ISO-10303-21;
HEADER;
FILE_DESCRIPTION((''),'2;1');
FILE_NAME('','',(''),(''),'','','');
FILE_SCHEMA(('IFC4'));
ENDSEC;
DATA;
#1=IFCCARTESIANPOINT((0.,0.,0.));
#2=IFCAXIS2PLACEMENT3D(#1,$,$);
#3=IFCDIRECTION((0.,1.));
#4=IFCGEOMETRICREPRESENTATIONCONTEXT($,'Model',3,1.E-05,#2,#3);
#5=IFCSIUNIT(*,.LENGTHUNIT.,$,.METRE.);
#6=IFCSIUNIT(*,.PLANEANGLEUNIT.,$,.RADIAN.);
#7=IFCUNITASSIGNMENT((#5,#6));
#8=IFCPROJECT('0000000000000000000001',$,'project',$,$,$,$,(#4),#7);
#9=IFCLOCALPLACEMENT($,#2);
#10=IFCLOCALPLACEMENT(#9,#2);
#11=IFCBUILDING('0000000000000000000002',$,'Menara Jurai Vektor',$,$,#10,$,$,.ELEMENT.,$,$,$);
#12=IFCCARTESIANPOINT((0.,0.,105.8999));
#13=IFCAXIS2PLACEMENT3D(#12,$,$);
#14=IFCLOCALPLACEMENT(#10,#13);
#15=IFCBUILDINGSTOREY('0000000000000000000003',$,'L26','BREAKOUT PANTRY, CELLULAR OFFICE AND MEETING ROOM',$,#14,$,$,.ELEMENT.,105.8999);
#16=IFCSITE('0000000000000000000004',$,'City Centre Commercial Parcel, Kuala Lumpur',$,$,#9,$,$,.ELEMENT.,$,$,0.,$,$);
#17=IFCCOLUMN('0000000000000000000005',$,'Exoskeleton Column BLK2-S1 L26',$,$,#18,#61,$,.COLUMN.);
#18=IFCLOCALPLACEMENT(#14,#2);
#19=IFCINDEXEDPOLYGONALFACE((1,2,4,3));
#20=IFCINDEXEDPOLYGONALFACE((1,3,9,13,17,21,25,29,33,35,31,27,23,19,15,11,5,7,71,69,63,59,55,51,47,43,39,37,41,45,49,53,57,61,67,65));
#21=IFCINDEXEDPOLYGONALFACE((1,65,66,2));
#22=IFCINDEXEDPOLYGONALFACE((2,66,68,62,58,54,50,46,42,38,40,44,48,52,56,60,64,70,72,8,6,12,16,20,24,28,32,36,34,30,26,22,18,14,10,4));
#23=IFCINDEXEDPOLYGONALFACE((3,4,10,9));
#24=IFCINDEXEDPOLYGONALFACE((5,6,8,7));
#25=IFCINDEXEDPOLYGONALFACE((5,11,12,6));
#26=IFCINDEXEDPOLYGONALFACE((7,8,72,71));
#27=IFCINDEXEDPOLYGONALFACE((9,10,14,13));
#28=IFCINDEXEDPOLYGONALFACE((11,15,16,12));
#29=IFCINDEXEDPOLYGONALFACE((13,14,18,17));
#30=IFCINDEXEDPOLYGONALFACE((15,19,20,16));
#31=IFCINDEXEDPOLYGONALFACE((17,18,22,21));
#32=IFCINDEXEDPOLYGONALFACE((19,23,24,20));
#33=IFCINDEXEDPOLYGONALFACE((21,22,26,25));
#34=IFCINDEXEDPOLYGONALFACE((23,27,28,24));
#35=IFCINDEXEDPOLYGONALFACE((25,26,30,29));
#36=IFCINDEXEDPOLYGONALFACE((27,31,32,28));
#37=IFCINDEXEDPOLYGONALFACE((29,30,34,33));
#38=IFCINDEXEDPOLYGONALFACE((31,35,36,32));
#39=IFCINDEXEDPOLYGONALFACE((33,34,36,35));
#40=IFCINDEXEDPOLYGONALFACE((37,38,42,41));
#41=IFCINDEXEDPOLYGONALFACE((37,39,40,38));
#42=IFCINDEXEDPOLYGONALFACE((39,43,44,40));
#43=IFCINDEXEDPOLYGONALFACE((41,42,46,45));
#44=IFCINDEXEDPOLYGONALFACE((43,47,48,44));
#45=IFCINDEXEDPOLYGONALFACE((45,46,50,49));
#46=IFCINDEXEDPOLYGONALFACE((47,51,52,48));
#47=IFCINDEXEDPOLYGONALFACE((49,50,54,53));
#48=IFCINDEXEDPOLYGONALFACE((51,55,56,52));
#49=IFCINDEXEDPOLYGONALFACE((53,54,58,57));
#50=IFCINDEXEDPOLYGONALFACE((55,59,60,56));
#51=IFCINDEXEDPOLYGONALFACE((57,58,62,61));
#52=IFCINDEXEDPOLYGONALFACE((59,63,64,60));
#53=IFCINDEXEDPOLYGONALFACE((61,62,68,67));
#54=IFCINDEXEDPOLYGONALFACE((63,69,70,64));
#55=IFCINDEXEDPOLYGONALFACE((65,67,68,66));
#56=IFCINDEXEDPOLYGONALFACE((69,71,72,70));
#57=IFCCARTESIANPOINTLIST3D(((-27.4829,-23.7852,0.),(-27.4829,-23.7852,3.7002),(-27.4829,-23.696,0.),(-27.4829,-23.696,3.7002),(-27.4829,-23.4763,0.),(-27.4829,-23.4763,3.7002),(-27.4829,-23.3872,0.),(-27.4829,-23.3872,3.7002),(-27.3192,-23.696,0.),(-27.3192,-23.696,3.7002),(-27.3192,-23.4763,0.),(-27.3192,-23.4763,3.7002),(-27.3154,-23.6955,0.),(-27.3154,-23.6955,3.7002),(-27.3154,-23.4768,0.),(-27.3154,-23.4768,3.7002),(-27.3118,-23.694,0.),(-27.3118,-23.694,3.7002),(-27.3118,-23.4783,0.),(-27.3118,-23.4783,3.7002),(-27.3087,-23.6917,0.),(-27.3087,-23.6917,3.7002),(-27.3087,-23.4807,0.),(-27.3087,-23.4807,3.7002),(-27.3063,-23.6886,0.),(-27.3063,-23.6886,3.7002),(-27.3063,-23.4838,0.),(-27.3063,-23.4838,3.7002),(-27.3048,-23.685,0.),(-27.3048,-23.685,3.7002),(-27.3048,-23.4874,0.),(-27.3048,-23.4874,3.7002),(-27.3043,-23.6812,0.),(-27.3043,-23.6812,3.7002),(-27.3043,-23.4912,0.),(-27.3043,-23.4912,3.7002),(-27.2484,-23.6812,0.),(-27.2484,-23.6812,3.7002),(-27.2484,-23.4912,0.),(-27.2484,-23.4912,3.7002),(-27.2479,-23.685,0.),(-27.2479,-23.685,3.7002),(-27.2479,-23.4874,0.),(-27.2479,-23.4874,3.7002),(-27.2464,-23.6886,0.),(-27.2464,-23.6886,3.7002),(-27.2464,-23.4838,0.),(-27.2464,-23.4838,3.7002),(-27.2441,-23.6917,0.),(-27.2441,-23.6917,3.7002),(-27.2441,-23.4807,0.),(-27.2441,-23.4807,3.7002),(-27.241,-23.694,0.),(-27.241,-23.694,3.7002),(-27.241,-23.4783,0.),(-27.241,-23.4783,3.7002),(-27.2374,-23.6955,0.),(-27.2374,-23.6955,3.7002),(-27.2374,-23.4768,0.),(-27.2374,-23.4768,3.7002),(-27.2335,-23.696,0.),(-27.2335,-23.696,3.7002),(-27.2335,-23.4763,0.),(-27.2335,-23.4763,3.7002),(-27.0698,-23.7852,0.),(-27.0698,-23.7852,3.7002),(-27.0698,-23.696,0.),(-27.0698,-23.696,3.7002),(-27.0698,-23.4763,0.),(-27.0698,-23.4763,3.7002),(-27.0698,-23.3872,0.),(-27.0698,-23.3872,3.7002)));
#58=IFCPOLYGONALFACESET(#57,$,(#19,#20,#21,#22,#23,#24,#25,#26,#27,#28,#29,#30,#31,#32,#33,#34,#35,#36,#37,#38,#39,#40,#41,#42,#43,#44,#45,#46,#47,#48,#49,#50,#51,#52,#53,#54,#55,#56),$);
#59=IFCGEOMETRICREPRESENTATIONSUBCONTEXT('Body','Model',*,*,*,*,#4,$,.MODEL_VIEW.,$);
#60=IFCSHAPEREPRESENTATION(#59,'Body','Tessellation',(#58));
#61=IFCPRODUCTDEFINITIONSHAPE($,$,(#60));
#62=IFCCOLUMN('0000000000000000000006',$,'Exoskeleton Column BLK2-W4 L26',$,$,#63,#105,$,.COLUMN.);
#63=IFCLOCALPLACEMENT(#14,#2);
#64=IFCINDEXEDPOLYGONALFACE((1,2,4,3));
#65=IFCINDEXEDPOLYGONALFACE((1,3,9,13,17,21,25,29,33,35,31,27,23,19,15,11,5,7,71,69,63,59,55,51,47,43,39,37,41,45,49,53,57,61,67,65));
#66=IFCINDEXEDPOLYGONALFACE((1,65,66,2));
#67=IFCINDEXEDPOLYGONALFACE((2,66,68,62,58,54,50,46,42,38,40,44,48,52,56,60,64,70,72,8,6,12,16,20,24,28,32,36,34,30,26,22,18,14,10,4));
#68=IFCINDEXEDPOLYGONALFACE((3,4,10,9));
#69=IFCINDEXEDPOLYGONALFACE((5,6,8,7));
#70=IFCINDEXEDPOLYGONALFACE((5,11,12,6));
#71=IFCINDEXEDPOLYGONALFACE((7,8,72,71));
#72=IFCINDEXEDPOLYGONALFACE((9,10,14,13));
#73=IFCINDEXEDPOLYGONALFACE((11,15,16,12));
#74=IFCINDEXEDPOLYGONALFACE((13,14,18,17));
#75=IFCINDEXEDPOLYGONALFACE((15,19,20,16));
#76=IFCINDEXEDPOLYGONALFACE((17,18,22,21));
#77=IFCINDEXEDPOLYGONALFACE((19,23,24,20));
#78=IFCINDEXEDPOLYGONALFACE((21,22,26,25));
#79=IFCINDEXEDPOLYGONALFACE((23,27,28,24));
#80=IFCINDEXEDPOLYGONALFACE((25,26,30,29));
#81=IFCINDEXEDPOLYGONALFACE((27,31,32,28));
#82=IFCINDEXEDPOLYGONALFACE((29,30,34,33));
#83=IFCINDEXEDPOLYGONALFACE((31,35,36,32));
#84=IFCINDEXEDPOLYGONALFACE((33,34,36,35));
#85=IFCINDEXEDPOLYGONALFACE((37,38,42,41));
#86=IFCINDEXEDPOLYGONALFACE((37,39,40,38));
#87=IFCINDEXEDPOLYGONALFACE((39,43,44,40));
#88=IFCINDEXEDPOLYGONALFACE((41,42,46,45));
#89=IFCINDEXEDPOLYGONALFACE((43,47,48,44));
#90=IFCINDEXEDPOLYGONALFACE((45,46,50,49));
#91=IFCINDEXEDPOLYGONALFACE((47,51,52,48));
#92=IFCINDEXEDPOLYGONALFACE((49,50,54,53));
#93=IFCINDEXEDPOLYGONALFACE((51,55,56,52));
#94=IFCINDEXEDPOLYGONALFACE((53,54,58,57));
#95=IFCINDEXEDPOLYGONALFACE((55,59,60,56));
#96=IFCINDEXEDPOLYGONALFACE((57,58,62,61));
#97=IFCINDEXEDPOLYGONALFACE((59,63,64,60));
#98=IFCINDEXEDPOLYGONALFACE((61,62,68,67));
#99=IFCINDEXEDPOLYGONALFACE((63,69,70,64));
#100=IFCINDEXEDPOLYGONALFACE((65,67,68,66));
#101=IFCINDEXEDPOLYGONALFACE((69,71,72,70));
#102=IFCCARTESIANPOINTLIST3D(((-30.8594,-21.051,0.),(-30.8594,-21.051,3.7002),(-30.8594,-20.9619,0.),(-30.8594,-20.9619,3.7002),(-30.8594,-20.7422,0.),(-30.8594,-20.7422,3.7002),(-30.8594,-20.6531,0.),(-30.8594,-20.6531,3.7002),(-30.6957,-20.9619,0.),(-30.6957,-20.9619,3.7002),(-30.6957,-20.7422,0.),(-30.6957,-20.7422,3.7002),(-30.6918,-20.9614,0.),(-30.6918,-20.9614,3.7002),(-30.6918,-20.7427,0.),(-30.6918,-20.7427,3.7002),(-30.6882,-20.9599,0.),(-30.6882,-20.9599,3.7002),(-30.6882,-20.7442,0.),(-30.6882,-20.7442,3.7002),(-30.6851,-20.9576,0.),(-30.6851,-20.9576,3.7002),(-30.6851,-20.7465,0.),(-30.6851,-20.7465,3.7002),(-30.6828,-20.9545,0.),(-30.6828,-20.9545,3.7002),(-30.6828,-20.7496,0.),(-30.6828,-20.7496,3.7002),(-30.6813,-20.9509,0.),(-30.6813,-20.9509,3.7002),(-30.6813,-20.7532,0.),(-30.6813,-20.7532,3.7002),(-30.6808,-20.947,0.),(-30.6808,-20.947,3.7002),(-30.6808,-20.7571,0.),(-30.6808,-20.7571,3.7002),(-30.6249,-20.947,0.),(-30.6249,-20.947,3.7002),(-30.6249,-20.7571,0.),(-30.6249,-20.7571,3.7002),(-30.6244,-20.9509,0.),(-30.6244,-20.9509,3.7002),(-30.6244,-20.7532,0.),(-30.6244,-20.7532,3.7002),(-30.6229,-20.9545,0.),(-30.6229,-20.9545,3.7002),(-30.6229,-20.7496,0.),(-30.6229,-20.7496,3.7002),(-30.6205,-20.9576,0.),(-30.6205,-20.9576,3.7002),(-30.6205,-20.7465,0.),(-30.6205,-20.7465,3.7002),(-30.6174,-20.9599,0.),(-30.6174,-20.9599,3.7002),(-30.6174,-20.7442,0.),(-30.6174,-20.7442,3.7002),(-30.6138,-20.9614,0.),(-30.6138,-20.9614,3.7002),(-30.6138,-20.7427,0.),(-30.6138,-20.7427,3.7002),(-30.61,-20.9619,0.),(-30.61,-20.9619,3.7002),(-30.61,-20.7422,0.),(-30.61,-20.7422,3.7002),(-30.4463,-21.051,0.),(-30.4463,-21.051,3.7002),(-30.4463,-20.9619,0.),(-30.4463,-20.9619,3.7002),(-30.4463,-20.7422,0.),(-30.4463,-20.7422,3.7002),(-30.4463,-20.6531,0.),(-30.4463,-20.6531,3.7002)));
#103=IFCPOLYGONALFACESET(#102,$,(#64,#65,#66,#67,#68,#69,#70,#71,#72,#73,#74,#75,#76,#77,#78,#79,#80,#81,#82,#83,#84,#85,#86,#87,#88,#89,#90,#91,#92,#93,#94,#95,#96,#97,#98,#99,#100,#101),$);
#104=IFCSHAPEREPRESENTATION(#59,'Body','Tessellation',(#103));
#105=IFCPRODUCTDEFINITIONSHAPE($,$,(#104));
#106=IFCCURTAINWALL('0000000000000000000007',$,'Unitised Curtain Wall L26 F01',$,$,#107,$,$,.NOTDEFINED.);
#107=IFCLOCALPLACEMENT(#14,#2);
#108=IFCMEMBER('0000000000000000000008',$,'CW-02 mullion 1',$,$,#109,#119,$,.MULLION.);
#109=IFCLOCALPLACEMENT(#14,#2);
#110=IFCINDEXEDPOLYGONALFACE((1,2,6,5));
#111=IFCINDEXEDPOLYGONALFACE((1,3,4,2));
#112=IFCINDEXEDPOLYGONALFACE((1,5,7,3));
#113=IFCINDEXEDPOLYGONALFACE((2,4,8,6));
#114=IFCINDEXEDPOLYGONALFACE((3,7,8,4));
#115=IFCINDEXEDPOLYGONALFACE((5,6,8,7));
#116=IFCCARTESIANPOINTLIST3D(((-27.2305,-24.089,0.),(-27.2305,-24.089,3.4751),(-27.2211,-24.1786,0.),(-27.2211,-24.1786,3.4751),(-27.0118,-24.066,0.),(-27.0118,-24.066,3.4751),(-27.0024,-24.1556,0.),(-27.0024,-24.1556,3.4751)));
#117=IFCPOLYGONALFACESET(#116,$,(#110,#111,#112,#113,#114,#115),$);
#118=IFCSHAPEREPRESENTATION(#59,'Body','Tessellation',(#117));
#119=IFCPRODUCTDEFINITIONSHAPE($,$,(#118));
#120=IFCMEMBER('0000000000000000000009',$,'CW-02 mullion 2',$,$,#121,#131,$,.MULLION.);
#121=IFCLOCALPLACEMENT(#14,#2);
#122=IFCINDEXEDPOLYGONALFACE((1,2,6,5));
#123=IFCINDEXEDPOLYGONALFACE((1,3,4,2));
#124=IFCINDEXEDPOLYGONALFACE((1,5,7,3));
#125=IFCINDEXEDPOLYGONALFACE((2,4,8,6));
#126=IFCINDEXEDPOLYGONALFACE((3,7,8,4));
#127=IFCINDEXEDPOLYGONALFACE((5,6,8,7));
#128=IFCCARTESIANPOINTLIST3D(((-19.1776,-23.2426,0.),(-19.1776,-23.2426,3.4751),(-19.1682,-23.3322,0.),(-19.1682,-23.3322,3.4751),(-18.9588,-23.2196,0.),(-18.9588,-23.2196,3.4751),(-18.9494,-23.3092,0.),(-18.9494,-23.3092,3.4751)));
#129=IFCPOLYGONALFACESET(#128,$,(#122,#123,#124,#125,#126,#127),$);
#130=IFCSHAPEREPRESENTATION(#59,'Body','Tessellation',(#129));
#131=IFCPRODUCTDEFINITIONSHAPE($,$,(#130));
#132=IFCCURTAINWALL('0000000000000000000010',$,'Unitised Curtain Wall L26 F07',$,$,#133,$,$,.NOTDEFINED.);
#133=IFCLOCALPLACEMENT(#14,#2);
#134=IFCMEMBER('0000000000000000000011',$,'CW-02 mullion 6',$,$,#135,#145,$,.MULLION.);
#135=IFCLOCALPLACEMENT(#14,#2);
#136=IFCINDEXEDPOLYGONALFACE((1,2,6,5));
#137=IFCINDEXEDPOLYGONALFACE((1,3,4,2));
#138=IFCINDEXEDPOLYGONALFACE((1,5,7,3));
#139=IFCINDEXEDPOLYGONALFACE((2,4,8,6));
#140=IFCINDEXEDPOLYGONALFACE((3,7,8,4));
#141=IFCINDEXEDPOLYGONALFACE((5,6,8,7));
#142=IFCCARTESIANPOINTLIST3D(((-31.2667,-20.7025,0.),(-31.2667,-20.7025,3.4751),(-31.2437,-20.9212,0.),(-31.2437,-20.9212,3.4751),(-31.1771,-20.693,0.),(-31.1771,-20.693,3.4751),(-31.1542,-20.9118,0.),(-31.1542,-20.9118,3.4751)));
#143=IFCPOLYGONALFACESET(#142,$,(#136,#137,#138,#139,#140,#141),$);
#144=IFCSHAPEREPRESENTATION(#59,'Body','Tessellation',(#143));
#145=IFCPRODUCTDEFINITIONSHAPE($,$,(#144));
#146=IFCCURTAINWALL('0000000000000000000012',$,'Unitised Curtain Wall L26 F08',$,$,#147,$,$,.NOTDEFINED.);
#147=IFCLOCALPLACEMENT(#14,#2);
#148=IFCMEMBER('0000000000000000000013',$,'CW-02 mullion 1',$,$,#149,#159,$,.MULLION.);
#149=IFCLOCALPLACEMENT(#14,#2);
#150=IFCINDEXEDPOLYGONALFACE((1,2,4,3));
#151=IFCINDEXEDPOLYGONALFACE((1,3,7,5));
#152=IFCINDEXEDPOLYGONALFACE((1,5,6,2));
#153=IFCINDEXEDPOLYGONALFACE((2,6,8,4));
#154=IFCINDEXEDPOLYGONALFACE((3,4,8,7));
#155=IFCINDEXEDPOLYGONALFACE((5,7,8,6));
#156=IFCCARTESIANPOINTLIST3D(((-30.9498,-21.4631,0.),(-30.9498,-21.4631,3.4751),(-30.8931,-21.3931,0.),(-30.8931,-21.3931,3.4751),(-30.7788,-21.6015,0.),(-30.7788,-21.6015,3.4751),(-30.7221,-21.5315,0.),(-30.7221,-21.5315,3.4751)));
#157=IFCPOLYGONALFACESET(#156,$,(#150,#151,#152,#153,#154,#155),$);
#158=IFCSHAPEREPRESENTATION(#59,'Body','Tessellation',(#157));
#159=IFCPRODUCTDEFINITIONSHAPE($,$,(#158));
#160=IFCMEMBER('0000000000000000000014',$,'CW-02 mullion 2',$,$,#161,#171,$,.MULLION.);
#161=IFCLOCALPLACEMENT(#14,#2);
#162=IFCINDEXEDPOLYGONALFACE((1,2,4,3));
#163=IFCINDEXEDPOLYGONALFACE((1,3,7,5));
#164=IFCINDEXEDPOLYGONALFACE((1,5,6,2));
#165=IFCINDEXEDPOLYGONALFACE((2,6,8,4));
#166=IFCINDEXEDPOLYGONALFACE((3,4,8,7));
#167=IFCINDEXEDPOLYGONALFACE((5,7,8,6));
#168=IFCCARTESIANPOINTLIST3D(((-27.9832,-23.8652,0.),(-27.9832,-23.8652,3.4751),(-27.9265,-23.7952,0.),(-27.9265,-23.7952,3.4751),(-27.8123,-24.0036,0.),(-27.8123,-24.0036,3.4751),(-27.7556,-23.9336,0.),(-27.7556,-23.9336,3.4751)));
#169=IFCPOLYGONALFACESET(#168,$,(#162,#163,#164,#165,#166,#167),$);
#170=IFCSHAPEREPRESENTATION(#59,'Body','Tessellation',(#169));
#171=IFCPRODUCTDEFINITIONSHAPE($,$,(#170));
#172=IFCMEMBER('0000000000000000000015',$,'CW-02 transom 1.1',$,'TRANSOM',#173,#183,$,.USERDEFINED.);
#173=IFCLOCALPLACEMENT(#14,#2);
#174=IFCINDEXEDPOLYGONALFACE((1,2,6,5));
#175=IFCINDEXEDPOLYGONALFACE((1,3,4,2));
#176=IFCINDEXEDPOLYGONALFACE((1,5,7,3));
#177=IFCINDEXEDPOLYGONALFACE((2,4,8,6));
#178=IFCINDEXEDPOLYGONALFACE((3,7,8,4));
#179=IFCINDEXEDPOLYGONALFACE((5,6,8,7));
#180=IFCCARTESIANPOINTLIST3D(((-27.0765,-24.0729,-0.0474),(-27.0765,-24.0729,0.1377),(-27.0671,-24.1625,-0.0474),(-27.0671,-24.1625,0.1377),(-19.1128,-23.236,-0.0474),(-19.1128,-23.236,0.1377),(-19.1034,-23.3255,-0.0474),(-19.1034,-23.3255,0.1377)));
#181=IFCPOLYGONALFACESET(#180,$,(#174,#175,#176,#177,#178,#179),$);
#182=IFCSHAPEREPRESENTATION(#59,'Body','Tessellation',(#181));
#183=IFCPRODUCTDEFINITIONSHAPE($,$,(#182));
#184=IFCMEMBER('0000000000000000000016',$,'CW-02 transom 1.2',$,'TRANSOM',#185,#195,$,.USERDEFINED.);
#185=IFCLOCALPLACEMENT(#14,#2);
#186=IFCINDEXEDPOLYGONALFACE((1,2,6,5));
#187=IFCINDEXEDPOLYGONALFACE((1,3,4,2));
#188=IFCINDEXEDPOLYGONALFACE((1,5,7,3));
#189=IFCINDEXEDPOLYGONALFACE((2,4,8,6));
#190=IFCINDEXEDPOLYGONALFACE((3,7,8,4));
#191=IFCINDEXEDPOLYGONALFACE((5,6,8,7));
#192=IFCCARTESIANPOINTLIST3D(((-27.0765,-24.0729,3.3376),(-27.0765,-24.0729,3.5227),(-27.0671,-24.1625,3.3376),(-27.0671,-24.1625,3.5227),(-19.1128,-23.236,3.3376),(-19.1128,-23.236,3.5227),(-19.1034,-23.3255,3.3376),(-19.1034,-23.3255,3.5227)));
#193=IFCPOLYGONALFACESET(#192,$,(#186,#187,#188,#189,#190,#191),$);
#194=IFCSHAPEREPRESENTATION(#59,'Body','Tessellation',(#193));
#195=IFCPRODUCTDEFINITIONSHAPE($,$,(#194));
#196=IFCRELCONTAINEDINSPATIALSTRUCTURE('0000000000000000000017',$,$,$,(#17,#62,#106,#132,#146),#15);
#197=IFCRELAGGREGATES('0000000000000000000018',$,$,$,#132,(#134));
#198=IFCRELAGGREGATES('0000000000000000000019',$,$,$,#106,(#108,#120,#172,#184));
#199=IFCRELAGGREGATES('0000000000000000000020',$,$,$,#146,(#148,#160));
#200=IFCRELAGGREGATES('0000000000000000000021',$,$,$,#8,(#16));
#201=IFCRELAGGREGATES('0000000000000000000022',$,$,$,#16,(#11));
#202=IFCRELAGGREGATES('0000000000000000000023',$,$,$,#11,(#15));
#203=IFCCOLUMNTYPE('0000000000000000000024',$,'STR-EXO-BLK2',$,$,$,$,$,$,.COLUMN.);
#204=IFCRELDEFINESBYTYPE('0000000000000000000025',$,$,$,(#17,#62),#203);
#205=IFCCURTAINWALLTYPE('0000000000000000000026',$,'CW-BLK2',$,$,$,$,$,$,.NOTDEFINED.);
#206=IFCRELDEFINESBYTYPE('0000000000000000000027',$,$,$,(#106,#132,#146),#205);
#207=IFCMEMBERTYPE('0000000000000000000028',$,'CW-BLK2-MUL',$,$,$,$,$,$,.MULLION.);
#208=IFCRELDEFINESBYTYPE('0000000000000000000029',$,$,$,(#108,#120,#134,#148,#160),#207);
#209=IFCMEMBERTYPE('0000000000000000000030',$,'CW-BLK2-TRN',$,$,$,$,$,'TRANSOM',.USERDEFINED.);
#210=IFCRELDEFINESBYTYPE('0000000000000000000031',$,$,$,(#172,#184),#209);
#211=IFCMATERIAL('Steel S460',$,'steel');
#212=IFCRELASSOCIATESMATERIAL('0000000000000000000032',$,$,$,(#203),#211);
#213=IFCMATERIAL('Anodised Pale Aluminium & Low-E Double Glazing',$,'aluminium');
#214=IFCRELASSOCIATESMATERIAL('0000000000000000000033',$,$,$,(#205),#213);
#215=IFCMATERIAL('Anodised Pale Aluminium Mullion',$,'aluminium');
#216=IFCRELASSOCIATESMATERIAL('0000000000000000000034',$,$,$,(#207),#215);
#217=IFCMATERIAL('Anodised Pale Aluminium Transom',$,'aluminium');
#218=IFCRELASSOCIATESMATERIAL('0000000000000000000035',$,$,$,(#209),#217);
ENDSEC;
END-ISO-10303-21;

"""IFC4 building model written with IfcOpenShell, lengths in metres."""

from ifc_helpers import new_model, si_unit, direction, frame, origin, origin_2d, place, context, subcontext, project, spatial, rectangle, i_section, extrude, material, material_profile, profile_set, type_object, element, aggregate, save


model = new_model("IFC4")

# Units and contexts
model_context = context("Model", 3, precision=1e-05, world=origin(), true_north=direction((0.0, 1.0)))
body_context = subcontext(model_context, "Body", "Model", "MODEL_VIEW")
ifc_project = project(units=[si_unit("LENGTHUNIT", "METRE"), si_unit("PLANEANGLEUNIT", "RADIAN")], contexts=[model_context])

# Site, building, storey
site_placement = place(None, origin())
site = spatial("IfcSite", under=ifc_project, at=site_placement, Name="City Centre Commercial Parcel, Kuala Lumpur", CompositionType="ELEMENT", RefElevation=0.0)
building_placement = place(site_placement, origin())
building = spatial("IfcBuilding", under=site, at=building_placement, Name="Menara Jurai Vektor", CompositionType="ELEMENT")
storey_placement = place(building_placement, frame((0.0, 0.0, 105.8999)))
storey = spatial("IfcBuildingStorey", under=building, at=storey_placement, Name="L26", Description="BREAKOUT PANTRY, CELLULAR OFFICE AND MEETING ROOM", CompositionType="ELEMENT", Elevation=105.8999)

# Columns
ifc_material_1 = material(Name="Steel S460", Category="steel")
ifc_material_profile_1 = material_profile(ifc_material_1, i_section(OverallWidth=0.4131, OverallDepth=0.3979, WebThickness=0.0559, FlangeThickness=0.0891, FilletRadius=0.0149, at=origin_2d()), Name="HD 400x744")
ifc_profile_set_1 = profile_set([ifc_material_profile_1], Name="Steel S460")
column_type = type_object("IfcColumnType", Name="STR-EXO-BLK2", PredefinedType="COLUMN", material=ifc_profile_set_1)
for number, where, z_axis, x_axis, name in (
    (1, (-27.2764, -23.5862, 0.0), (0.0, 0.0, 1.0), (1.0, 0.0, 0.0), "Exoskeleton Column BLK2-S1 L26"),
    (2, (-30.6528, -20.8521, 0.0), (0.0, 0.0, 1.0), (1.0, 0.0, 0.0), "Exoskeleton Column BLK2-W4 L26"),
):
    element("IfcColumn", number, at=place(storey_placement, frame(where, z_axis=z_axis, x_axis=x_axis)), inside=storey, type_object=column_type, Name=name, PredefinedType="COLUMN", context=body_context, shape_type="SweptSolid", body=[
        extrude(i_section(OverallWidth=0.4131, OverallDepth=0.3979, WebThickness=0.0559, FlangeThickness=0.0891, FilletRadius=0.0149, at=origin_2d()), origin(), (0.0, 0.0, 1.0), 3.7002),
    ])

# Curtain wall, members
ifc_material_2 = material(Name="Anodised Pale Aluminium & Low-E Double Glazing", Category="aluminium")
curtain_wall_type = type_object("IfcCurtainWallType", Name="CW-BLK2", PredefinedType="NOTDEFINED", material=ifc_material_2)
curtain_wall_1_placement = place(storey_placement, origin())
curtain_wall_1 = element("IfcCurtainWall", 3, at=curtain_wall_1_placement, inside=storey, type_object=curtain_wall_type, Name="Unitised Curtain Wall L26 F01", PredefinedType="NOTDEFINED")
ifc_material_3 = material(Name="Anodised Pale Aluminium Mullion", Category="aluminium")
ifc_material_profile_2 = material_profile(ifc_material_3, rectangle(XDim=0.0901, YDim=0.22, at=origin_2d()), Name="ALU MUL 90x220")
ifc_profile_set_2 = profile_set([ifc_material_profile_2], Name="Anodised Pale Aluminium Mullion")
member_type_1 = type_object("IfcMemberType", Name="CW-BLK2-MUL", PredefinedType="MULLION", material=ifc_profile_set_2)
member_1_placement = place(storey_placement, frame((-27.1165, -24.1223, 0.0), z_axis=(0.0, 0.0, 1.0), x_axis=(-0.104529, 0.994522, 0.0)))
member_1 = element("IfcMember", 4, at=member_1_placement, type_object=member_type_1, Name="CW-02 mullion 1", PredefinedType="MULLION", context=body_context, shape_type="SweptSolid", body=[
    extrude(rectangle(XDim=0.0901, YDim=0.22, at=origin_2d()), origin(), (0.0, 0.0, 1.0), 3.4751),
])
member_2_placement = place(storey_placement, frame((-19.0635, -23.2759, 0.0), z_axis=(0.0, 0.0, 1.0), x_axis=(-0.104529, 0.994522, 0.0)))
member_2 = element("IfcMember", 5, at=member_2_placement, type_object=member_type_1, Name="CW-02 mullion 2", PredefinedType="MULLION", context=body_context, shape_type="SweptSolid", body=[
    extrude(rectangle(XDim=0.0901, YDim=0.22, at=origin_2d()), origin(), (0.0, 0.0, 1.0), 3.4751),
])

# Curtain wall, member
curtain_wall_2_placement = place(storey_placement, origin())
curtain_wall_2 = element("IfcCurtainWall", 6, at=curtain_wall_2_placement, inside=storey, type_object=curtain_wall_type, Name="Unitised Curtain Wall L26 F07", PredefinedType="NOTDEFINED")
member_3_placement = place(storey_placement, frame((-31.2104, -20.8071, 0.0), z_axis=(0.0, 0.0, 1.0), x_axis=(0.994522, 0.10453, 0.0)))
member_3 = element("IfcMember", 7, at=member_3_placement, type_object=member_type_1, Name="CW-02 mullion 6", PredefinedType="MULLION", context=body_context, shape_type="SweptSolid", body=[
    extrude(rectangle(XDim=0.0901, YDim=0.22, at=origin_2d()), origin(), (0.0, 0.0, 1.0), 3.4751),
])
aggregate(curtain_wall_2, [member_3])

# Curtain wall, members
curtain_wall_3_placement = place(storey_placement, origin())
curtain_wall_3 = element("IfcCurtainWall", 8, at=curtain_wall_3_placement, inside=storey, type_object=curtain_wall_type, Name="Unitised Curtain Wall L26 F08", PredefinedType="NOTDEFINED")
member_4_placement = place(storey_placement, frame((-30.8359, -21.4973, 0.0), z_axis=(0.0, 0.0, 1.0), x_axis=(0.629313, 0.777152, 0.0)))
member_4 = element("IfcMember", 9, at=member_4_placement, type_object=member_type_1, Name="CW-02 mullion 1", PredefinedType="MULLION", context=body_context, shape_type="SweptSolid", body=[
    extrude(rectangle(XDim=0.0901, YDim=0.22, at=origin_2d()), origin(), (0.0, 0.0, 1.0), 3.4751),
])
member_5_placement = place(storey_placement, frame((-27.8694, -23.8994, 0.0), z_axis=(0.0, 0.0, 1.0), x_axis=(0.629313, 0.777152, 0.0)))
member_5 = element("IfcMember", 10, at=member_5_placement, type_object=member_type_1, Name="CW-02 mullion 2", PredefinedType="MULLION", context=body_context, shape_type="SweptSolid", body=[
    extrude(rectangle(XDim=0.0901, YDim=0.22, at=origin_2d()), origin(), (0.0, 0.0, 1.0), 3.4751),
])

# Members
ifc_material_4 = material(Name="Anodised Pale Aluminium Transom", Category="aluminium")
ifc_material_profile_3 = material_profile(ifc_material_4, rectangle(XDim=0.0901, YDim=0.1851, at=origin_2d()), Name="ALU TRN 90x185")
ifc_profile_set_3 = profile_set([ifc_material_profile_3], Name="Anodised Pale Aluminium Transom")
member_type_2 = type_object("IfcMemberType", Name="CW-BLK2-TRN", ElementType="TRANSOM", PredefinedType="USERDEFINED", material=ifc_profile_set_3)
member_6_placement = place(storey_placement, frame((-27.0718, -24.1177, 0.0452), z_axis=(0.994523, 0.104517, 0.0), x_axis=(-0.104517, 0.994523, 0.0)))
member_6 = element("IfcMember", 11, at=member_6_placement, type_object=member_type_2, Name="CW-02 transom 1.1", ObjectType="TRANSOM", PredefinedType="USERDEFINED", context=body_context, shape_type="SweptSolid", body=[
    extrude(rectangle(XDim=0.0901, YDim=0.1851, at=origin_2d()), origin(), (0.0, 0.0, 1.0), 8.0076),
])
member_7_placement = place(storey_placement, frame((-27.0718, -24.1177, 3.4302), z_axis=(0.994523, 0.104517, 0.0), x_axis=(-0.104517, 0.994523, 0.0)))
member_7 = element("IfcMember", 12, at=member_7_placement, type_object=member_type_2, Name="CW-02 transom 1.2", ObjectType="TRANSOM", PredefinedType="USERDEFINED", context=body_context, shape_type="SweptSolid", body=[
    extrude(rectangle(XDim=0.0901, YDim=0.1851, at=origin_2d()), origin(), (0.0, 0.0, 1.0), 8.0076),
])

aggregate(curtain_wall_1, [member_1, member_2, member_6, member_7])
aggregate(curtain_wall_3, [member_4, member_5])

save(model, "model.ifc")
